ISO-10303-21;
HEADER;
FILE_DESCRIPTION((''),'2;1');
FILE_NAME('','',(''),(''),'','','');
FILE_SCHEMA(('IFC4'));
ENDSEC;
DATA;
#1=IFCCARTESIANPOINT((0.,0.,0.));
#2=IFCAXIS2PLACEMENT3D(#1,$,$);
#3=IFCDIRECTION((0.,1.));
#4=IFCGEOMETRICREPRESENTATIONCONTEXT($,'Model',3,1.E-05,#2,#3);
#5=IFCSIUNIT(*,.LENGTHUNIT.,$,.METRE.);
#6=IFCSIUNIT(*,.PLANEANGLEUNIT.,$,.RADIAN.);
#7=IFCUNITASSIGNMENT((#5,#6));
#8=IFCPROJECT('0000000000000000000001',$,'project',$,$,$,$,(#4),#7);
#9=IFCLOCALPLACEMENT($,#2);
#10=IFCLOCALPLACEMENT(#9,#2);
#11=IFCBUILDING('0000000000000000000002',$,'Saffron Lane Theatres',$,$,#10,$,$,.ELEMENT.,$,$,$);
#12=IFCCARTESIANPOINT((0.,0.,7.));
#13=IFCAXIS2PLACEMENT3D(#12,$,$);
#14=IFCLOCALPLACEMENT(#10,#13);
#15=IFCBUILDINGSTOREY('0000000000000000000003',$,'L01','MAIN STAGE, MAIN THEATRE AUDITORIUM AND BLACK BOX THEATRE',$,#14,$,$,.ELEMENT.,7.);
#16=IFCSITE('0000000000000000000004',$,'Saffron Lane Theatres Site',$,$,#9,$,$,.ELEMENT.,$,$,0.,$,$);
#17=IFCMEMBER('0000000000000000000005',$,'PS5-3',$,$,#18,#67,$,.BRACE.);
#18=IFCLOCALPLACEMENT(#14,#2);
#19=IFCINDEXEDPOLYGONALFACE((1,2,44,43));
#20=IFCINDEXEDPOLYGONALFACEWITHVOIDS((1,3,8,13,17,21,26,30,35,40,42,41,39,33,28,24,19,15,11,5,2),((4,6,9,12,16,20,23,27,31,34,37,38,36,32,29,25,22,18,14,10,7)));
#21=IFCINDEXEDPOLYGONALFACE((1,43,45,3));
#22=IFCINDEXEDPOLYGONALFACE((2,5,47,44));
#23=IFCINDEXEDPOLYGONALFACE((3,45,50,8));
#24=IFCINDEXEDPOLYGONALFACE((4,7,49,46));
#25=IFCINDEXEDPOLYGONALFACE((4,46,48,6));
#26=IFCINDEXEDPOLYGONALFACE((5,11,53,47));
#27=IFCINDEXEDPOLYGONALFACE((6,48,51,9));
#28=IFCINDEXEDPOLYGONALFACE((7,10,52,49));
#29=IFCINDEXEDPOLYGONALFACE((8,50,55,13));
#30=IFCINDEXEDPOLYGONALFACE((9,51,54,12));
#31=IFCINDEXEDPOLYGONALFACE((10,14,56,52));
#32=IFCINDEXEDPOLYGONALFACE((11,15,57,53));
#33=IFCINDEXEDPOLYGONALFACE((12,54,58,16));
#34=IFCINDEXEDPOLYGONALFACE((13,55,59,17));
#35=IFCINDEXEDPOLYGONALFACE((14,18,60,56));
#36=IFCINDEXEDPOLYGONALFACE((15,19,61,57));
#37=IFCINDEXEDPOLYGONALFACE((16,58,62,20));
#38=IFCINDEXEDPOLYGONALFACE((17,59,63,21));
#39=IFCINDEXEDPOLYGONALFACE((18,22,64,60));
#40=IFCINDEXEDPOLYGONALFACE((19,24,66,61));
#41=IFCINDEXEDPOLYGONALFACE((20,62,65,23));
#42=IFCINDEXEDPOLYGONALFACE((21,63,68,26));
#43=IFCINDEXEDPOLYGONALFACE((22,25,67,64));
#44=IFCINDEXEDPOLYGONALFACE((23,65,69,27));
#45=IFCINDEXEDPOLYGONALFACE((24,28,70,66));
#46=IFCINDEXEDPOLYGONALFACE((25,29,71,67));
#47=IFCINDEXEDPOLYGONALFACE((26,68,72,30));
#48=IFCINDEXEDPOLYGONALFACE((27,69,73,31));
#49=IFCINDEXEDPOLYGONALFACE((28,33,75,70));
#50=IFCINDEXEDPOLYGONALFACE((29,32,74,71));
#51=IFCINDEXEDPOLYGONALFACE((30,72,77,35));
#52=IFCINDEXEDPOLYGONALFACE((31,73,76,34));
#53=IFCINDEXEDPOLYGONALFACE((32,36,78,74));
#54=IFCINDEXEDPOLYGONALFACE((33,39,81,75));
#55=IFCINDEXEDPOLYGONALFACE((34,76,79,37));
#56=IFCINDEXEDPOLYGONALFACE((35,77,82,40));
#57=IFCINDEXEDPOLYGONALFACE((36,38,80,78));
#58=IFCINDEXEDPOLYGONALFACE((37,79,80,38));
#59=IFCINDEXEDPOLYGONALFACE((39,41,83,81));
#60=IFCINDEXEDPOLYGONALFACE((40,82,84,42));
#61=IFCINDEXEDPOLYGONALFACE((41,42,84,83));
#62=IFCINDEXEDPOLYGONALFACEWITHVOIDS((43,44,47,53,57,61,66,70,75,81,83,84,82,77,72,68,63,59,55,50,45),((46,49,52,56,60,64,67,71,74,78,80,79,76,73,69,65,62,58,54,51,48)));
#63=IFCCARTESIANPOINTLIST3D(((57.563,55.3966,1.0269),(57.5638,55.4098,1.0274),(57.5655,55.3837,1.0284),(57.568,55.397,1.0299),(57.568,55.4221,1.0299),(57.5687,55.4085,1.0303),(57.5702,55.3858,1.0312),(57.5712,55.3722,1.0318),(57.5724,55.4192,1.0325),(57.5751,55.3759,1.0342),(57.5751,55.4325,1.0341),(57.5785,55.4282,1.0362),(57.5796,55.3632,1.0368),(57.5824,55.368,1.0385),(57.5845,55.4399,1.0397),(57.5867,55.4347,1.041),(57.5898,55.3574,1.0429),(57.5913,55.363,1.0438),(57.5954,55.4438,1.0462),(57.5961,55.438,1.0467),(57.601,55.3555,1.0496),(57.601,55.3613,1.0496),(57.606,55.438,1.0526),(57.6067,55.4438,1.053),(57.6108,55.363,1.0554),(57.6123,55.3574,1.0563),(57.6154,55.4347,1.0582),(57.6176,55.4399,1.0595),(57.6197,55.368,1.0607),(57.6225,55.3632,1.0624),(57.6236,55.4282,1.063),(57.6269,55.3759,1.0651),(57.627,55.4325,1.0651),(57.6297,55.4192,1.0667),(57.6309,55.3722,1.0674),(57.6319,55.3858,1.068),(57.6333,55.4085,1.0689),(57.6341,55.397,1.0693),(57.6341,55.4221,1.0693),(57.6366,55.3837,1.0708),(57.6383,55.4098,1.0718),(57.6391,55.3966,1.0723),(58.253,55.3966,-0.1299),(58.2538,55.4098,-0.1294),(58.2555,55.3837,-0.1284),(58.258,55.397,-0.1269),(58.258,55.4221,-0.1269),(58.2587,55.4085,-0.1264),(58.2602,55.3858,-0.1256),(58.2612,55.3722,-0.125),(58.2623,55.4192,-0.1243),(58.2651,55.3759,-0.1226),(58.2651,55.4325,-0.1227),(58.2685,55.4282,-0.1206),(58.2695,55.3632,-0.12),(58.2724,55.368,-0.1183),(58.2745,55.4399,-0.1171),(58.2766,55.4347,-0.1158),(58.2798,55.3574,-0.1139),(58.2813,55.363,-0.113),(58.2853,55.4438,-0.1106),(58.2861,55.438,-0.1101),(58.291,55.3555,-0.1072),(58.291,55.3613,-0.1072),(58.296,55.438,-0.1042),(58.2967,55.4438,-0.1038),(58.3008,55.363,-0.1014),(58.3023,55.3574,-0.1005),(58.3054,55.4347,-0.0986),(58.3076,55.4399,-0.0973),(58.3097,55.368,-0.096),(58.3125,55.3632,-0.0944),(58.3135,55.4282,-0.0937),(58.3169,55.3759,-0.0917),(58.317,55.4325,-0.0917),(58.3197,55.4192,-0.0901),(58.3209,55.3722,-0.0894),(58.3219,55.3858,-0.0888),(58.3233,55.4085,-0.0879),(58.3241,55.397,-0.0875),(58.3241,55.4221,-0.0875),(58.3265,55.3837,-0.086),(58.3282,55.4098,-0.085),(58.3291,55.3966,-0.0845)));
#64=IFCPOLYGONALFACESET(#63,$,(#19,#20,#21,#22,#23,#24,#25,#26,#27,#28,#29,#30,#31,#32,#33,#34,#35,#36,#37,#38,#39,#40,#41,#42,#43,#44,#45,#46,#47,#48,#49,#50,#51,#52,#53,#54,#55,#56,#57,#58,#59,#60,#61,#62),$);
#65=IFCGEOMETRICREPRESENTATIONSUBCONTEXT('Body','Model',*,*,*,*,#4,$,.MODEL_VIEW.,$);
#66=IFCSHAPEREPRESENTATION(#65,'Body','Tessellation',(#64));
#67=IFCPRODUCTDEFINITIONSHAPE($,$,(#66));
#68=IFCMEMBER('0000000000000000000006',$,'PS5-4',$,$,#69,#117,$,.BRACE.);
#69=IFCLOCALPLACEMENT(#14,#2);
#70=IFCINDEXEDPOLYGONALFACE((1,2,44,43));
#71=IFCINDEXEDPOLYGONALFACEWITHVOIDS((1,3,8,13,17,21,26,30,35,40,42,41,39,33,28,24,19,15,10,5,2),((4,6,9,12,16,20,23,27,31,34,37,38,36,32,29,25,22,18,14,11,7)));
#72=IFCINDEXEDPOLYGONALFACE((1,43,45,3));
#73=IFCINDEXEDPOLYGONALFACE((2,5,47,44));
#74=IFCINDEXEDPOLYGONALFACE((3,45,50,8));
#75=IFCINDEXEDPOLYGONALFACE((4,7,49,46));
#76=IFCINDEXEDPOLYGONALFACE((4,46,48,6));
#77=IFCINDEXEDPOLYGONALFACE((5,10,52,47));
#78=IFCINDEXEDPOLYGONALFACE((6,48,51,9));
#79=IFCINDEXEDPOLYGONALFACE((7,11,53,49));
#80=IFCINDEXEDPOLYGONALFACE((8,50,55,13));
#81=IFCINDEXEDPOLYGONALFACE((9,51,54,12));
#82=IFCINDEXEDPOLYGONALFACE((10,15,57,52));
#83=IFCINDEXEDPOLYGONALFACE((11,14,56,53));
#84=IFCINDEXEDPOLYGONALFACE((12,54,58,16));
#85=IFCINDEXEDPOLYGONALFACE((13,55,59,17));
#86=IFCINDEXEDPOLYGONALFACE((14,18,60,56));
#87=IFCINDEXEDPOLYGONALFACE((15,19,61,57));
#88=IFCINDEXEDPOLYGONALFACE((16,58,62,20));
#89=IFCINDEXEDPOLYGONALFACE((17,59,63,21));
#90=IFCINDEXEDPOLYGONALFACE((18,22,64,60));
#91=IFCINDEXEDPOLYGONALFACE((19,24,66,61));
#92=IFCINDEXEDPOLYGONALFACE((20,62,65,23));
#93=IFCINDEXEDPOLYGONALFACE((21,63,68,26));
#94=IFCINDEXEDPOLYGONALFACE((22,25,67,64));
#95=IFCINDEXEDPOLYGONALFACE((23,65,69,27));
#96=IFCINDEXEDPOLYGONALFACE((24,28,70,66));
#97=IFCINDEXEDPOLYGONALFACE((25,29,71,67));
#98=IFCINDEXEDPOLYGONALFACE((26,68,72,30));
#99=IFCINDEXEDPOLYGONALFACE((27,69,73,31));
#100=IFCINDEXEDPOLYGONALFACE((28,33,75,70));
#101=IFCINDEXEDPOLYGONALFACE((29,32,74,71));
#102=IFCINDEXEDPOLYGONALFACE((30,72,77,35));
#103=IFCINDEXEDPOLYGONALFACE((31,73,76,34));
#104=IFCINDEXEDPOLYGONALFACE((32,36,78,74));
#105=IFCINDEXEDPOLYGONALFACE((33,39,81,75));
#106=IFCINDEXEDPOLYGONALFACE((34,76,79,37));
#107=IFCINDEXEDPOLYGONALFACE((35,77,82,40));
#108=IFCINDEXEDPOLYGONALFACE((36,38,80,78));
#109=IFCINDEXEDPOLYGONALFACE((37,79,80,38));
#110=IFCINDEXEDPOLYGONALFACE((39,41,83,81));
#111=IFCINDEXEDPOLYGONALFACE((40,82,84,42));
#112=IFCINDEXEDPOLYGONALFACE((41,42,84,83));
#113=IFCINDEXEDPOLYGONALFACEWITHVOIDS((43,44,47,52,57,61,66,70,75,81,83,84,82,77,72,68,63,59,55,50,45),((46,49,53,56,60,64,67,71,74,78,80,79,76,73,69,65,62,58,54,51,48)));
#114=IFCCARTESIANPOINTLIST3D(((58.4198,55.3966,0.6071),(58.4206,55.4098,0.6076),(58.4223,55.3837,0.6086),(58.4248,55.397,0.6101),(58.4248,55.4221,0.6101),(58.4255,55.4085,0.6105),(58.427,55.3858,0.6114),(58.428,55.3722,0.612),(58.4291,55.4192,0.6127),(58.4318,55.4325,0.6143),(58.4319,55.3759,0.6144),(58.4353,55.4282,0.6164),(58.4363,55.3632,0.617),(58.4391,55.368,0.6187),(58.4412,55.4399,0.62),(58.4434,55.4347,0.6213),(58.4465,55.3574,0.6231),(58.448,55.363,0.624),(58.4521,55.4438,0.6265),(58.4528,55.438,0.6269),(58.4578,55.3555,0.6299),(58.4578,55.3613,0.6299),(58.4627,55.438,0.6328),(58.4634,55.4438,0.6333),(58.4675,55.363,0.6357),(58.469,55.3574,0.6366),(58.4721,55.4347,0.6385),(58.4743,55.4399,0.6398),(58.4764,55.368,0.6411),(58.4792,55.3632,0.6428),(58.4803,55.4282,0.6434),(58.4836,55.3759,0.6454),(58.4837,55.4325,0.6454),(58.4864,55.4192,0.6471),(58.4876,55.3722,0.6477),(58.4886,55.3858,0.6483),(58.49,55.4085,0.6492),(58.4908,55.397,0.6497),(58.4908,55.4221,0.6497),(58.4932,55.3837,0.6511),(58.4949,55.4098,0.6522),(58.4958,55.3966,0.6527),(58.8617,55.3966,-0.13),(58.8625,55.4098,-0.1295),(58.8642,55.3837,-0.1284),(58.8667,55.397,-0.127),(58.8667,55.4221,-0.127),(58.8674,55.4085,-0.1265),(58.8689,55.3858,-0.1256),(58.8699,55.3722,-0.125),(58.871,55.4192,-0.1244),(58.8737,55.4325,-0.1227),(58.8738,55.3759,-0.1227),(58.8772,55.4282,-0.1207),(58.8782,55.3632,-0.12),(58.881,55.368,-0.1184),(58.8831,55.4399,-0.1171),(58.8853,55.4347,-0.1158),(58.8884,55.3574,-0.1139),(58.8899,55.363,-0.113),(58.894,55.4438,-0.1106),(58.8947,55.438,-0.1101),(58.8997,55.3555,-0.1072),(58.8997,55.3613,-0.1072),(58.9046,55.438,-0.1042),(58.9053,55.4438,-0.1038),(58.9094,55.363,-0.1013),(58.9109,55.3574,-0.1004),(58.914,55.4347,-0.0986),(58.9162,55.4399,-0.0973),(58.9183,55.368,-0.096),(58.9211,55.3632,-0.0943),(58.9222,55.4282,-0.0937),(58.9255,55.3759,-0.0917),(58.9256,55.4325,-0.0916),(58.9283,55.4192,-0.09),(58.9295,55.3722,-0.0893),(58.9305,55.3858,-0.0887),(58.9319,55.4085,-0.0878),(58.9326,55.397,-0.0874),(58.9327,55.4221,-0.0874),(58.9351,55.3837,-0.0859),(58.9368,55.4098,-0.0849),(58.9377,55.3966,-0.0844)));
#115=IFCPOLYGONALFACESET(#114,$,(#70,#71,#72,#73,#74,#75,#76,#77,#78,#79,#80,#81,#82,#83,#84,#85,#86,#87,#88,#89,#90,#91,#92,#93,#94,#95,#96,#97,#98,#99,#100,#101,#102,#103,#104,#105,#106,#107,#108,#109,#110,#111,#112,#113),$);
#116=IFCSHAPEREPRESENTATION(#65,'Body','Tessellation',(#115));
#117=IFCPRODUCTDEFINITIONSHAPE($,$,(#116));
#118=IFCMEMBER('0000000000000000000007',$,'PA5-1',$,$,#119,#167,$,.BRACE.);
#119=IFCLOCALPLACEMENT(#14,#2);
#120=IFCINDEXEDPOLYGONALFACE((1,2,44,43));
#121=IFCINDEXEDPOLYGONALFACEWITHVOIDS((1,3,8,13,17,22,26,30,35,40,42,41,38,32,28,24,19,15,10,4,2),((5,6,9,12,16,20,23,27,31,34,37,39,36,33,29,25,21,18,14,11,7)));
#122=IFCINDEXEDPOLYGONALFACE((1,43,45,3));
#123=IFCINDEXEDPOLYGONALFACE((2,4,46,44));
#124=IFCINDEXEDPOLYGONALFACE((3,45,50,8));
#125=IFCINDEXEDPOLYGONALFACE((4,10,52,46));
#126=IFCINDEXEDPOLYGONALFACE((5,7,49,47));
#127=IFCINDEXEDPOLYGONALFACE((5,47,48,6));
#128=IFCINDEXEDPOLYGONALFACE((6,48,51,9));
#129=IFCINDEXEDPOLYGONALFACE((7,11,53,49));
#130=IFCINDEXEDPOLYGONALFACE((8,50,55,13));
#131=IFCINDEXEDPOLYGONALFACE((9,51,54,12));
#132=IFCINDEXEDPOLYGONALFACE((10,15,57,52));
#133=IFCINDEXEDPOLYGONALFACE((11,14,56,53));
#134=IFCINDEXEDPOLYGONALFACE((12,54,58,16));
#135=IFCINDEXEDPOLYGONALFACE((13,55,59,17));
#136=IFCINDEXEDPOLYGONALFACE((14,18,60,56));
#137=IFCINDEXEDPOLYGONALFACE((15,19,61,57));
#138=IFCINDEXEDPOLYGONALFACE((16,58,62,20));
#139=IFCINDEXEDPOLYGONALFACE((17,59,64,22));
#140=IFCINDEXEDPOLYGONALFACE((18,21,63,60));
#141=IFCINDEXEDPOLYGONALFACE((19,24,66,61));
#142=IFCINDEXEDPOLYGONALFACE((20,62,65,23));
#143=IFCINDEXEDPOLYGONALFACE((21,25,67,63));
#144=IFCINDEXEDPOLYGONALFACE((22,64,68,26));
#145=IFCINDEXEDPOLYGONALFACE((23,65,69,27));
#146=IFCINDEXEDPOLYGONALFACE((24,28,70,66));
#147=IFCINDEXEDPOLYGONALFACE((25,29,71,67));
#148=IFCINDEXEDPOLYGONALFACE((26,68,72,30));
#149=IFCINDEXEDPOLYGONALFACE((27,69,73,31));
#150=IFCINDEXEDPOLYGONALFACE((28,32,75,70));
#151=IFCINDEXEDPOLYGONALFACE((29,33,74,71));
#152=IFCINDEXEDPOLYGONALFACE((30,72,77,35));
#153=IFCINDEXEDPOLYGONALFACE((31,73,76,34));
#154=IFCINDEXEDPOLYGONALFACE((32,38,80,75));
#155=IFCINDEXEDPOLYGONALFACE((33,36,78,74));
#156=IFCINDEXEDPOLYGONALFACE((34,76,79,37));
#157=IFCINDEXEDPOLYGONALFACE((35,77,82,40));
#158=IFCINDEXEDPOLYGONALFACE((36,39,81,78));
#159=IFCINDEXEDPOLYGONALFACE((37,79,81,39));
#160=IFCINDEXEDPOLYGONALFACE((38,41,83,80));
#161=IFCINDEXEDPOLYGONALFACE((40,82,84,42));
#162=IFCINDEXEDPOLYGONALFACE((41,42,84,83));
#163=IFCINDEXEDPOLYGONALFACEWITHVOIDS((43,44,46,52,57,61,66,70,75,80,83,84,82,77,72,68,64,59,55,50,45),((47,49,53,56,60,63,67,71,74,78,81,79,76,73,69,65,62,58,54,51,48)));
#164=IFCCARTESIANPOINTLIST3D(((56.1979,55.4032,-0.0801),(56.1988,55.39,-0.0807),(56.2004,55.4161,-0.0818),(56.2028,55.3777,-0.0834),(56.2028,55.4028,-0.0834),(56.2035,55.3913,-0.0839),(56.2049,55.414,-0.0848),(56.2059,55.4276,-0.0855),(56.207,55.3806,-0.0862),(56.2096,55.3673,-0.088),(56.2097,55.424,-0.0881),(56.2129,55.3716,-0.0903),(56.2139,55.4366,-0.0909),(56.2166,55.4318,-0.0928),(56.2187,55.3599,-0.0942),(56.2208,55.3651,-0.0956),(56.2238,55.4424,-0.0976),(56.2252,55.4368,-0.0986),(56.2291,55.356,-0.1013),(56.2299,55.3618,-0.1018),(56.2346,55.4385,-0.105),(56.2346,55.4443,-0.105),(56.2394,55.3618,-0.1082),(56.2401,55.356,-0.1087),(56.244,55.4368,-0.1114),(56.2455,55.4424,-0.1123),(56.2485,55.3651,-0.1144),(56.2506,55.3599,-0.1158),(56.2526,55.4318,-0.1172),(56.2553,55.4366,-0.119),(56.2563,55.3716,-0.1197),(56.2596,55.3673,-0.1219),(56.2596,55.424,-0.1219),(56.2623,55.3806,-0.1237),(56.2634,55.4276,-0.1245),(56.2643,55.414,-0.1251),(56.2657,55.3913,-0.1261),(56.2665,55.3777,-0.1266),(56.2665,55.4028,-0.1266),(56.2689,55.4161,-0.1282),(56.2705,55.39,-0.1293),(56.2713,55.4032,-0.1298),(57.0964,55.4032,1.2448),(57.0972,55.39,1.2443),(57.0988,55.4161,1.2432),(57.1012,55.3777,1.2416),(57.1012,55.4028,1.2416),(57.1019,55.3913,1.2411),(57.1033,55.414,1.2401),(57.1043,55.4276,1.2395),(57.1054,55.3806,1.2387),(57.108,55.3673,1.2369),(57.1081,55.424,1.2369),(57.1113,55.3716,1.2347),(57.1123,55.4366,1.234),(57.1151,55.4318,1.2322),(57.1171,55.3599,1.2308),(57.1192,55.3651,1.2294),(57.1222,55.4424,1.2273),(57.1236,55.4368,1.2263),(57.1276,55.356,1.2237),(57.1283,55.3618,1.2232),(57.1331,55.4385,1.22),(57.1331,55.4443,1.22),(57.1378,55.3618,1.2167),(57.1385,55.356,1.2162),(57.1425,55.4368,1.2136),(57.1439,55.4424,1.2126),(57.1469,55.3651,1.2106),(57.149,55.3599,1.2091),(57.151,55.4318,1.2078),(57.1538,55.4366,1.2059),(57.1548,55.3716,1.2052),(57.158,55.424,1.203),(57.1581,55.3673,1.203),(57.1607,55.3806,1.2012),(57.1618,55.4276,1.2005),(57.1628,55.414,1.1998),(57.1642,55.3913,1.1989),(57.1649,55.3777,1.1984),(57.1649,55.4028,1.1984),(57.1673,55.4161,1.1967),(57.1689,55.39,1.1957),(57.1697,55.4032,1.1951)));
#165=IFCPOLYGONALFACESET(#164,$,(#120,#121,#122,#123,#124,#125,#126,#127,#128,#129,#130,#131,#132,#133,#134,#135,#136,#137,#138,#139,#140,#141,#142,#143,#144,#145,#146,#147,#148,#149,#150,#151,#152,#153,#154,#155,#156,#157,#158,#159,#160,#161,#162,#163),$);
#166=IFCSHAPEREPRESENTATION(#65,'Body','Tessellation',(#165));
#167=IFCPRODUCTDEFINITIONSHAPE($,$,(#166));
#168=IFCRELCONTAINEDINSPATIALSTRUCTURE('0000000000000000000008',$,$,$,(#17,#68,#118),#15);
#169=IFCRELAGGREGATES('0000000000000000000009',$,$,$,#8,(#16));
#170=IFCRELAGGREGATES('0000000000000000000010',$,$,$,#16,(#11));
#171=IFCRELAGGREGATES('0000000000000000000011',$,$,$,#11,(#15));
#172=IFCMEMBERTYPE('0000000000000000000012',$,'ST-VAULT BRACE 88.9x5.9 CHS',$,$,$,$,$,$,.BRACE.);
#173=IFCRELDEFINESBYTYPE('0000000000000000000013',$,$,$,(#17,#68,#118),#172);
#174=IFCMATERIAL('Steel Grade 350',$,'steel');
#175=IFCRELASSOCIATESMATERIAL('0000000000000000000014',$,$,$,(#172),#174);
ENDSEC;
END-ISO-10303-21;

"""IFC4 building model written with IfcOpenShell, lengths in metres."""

from ifc_helpers import new_model, si_unit, direction, frame, origin, origin_2d, place, context, subcontext, project, spatial, hollow_circle, extrude, material, material_profile, profile_set, type_object, element, save


model = new_model("IFC4")

# Units and contexts
model_context = context("Model", 3, precision=1e-05, world=origin(), true_north=direction((0.0, 1.0)))
body_context = subcontext(model_context, "Body", "Model", "MODEL_VIEW")
ifc_project = project(units=[si_unit("LENGTHUNIT", "METRE"), si_unit("PLANEANGLEUNIT", "RADIAN")], contexts=[model_context])

# Site, building, storey
site_placement = place(None, origin())
site = spatial("IfcSite", under=ifc_project, at=site_placement, Name="Saffron Lane Theatres Site", CompositionType="ELEMENT", RefElevation=0.0)
building_placement = place(site_placement, origin())
building = spatial("IfcBuilding", under=site, at=building_placement, Name="Saffron Lane Theatres", CompositionType="ELEMENT")
storey_placement = place(building_placement, frame((0.0, 0.0, 7.0)))
storey = spatial("IfcBuildingStorey", under=building, at=storey_placement, Name="L01", Description="MAIN STAGE, MAIN THEATRE AUDITORIUM AND BLACK BOX THEATRE", CompositionType="ELEMENT", Elevation=7.0)

# Members
ifc_material_1 = material(Name="Steel Grade 350", Category="steel")
ifc_material_profile_1 = material_profile(ifc_material_1, hollow_circle(Radius=0.0444, WallThickness=0.0059, at=origin_2d()))
ifc_profile_set_1 = profile_set([ifc_material_profile_1], Name="Steel Grade 350")
member_type = type_object("IfcMemberType", Name="ST-VAULT BRACE 88.9x5.9 CHS", PredefinedType="BRACE", material=ifc_profile_set_1)
member_1_placement = place(storey_placement, frame((58.291, 55.3999, -0.1072), z_axis=(-0.512255, 0.0, 0.858833), x_axis=(0.0, -1.0, 0.0)))
element("IfcMember", 1, at=member_1_placement, inside=storey, type_object=member_type, Name="PS5-3", PredefinedType="BRACE", context=body_context, shape_type="SweptSolid", body=[
    extrude(hollow_circle(Radius=0.0444, WallThickness=0.0059, at=origin_2d()), origin(), (0.0, 0.0, 1.0), 1.3469),
])
member_2_placement = place(storey_placement, frame((58.8997, 55.3999, -0.1072), z_axis=(-0.514203, 0.0, 0.857668), x_axis=(0.0, -1.0, 0.0)))
element("IfcMember", 2, at=member_2_placement, inside=storey, type_object=member_type, Name="PS5-4", PredefinedType="BRACE", context=body_context, shape_type="SweptSolid", body=[
    extrude(hollow_circle(Radius=0.0444, WallThickness=0.0059, at=origin_2d()), origin(), (0.0, 0.0, 1.0), 0.8594),
])
member_3_placement = place(storey_placement, frame((56.2346, 55.3999, -0.105), z_axis=(0.561229, 0.0, 0.82766), x_axis=(0.0, 1.0, 0.0)))
element("IfcMember", 3, at=member_3_placement, inside=storey, type_object=member_type, Name="PA5-1", PredefinedType="BRACE", context=body_context, shape_type="SweptSolid", body=[
    extrude(hollow_circle(Radius=0.0444, WallThickness=0.0059, at=origin_2d()), origin(), (0.0, 0.0, 1.0), 1.6008),
])

save(model, "model.ifc")
